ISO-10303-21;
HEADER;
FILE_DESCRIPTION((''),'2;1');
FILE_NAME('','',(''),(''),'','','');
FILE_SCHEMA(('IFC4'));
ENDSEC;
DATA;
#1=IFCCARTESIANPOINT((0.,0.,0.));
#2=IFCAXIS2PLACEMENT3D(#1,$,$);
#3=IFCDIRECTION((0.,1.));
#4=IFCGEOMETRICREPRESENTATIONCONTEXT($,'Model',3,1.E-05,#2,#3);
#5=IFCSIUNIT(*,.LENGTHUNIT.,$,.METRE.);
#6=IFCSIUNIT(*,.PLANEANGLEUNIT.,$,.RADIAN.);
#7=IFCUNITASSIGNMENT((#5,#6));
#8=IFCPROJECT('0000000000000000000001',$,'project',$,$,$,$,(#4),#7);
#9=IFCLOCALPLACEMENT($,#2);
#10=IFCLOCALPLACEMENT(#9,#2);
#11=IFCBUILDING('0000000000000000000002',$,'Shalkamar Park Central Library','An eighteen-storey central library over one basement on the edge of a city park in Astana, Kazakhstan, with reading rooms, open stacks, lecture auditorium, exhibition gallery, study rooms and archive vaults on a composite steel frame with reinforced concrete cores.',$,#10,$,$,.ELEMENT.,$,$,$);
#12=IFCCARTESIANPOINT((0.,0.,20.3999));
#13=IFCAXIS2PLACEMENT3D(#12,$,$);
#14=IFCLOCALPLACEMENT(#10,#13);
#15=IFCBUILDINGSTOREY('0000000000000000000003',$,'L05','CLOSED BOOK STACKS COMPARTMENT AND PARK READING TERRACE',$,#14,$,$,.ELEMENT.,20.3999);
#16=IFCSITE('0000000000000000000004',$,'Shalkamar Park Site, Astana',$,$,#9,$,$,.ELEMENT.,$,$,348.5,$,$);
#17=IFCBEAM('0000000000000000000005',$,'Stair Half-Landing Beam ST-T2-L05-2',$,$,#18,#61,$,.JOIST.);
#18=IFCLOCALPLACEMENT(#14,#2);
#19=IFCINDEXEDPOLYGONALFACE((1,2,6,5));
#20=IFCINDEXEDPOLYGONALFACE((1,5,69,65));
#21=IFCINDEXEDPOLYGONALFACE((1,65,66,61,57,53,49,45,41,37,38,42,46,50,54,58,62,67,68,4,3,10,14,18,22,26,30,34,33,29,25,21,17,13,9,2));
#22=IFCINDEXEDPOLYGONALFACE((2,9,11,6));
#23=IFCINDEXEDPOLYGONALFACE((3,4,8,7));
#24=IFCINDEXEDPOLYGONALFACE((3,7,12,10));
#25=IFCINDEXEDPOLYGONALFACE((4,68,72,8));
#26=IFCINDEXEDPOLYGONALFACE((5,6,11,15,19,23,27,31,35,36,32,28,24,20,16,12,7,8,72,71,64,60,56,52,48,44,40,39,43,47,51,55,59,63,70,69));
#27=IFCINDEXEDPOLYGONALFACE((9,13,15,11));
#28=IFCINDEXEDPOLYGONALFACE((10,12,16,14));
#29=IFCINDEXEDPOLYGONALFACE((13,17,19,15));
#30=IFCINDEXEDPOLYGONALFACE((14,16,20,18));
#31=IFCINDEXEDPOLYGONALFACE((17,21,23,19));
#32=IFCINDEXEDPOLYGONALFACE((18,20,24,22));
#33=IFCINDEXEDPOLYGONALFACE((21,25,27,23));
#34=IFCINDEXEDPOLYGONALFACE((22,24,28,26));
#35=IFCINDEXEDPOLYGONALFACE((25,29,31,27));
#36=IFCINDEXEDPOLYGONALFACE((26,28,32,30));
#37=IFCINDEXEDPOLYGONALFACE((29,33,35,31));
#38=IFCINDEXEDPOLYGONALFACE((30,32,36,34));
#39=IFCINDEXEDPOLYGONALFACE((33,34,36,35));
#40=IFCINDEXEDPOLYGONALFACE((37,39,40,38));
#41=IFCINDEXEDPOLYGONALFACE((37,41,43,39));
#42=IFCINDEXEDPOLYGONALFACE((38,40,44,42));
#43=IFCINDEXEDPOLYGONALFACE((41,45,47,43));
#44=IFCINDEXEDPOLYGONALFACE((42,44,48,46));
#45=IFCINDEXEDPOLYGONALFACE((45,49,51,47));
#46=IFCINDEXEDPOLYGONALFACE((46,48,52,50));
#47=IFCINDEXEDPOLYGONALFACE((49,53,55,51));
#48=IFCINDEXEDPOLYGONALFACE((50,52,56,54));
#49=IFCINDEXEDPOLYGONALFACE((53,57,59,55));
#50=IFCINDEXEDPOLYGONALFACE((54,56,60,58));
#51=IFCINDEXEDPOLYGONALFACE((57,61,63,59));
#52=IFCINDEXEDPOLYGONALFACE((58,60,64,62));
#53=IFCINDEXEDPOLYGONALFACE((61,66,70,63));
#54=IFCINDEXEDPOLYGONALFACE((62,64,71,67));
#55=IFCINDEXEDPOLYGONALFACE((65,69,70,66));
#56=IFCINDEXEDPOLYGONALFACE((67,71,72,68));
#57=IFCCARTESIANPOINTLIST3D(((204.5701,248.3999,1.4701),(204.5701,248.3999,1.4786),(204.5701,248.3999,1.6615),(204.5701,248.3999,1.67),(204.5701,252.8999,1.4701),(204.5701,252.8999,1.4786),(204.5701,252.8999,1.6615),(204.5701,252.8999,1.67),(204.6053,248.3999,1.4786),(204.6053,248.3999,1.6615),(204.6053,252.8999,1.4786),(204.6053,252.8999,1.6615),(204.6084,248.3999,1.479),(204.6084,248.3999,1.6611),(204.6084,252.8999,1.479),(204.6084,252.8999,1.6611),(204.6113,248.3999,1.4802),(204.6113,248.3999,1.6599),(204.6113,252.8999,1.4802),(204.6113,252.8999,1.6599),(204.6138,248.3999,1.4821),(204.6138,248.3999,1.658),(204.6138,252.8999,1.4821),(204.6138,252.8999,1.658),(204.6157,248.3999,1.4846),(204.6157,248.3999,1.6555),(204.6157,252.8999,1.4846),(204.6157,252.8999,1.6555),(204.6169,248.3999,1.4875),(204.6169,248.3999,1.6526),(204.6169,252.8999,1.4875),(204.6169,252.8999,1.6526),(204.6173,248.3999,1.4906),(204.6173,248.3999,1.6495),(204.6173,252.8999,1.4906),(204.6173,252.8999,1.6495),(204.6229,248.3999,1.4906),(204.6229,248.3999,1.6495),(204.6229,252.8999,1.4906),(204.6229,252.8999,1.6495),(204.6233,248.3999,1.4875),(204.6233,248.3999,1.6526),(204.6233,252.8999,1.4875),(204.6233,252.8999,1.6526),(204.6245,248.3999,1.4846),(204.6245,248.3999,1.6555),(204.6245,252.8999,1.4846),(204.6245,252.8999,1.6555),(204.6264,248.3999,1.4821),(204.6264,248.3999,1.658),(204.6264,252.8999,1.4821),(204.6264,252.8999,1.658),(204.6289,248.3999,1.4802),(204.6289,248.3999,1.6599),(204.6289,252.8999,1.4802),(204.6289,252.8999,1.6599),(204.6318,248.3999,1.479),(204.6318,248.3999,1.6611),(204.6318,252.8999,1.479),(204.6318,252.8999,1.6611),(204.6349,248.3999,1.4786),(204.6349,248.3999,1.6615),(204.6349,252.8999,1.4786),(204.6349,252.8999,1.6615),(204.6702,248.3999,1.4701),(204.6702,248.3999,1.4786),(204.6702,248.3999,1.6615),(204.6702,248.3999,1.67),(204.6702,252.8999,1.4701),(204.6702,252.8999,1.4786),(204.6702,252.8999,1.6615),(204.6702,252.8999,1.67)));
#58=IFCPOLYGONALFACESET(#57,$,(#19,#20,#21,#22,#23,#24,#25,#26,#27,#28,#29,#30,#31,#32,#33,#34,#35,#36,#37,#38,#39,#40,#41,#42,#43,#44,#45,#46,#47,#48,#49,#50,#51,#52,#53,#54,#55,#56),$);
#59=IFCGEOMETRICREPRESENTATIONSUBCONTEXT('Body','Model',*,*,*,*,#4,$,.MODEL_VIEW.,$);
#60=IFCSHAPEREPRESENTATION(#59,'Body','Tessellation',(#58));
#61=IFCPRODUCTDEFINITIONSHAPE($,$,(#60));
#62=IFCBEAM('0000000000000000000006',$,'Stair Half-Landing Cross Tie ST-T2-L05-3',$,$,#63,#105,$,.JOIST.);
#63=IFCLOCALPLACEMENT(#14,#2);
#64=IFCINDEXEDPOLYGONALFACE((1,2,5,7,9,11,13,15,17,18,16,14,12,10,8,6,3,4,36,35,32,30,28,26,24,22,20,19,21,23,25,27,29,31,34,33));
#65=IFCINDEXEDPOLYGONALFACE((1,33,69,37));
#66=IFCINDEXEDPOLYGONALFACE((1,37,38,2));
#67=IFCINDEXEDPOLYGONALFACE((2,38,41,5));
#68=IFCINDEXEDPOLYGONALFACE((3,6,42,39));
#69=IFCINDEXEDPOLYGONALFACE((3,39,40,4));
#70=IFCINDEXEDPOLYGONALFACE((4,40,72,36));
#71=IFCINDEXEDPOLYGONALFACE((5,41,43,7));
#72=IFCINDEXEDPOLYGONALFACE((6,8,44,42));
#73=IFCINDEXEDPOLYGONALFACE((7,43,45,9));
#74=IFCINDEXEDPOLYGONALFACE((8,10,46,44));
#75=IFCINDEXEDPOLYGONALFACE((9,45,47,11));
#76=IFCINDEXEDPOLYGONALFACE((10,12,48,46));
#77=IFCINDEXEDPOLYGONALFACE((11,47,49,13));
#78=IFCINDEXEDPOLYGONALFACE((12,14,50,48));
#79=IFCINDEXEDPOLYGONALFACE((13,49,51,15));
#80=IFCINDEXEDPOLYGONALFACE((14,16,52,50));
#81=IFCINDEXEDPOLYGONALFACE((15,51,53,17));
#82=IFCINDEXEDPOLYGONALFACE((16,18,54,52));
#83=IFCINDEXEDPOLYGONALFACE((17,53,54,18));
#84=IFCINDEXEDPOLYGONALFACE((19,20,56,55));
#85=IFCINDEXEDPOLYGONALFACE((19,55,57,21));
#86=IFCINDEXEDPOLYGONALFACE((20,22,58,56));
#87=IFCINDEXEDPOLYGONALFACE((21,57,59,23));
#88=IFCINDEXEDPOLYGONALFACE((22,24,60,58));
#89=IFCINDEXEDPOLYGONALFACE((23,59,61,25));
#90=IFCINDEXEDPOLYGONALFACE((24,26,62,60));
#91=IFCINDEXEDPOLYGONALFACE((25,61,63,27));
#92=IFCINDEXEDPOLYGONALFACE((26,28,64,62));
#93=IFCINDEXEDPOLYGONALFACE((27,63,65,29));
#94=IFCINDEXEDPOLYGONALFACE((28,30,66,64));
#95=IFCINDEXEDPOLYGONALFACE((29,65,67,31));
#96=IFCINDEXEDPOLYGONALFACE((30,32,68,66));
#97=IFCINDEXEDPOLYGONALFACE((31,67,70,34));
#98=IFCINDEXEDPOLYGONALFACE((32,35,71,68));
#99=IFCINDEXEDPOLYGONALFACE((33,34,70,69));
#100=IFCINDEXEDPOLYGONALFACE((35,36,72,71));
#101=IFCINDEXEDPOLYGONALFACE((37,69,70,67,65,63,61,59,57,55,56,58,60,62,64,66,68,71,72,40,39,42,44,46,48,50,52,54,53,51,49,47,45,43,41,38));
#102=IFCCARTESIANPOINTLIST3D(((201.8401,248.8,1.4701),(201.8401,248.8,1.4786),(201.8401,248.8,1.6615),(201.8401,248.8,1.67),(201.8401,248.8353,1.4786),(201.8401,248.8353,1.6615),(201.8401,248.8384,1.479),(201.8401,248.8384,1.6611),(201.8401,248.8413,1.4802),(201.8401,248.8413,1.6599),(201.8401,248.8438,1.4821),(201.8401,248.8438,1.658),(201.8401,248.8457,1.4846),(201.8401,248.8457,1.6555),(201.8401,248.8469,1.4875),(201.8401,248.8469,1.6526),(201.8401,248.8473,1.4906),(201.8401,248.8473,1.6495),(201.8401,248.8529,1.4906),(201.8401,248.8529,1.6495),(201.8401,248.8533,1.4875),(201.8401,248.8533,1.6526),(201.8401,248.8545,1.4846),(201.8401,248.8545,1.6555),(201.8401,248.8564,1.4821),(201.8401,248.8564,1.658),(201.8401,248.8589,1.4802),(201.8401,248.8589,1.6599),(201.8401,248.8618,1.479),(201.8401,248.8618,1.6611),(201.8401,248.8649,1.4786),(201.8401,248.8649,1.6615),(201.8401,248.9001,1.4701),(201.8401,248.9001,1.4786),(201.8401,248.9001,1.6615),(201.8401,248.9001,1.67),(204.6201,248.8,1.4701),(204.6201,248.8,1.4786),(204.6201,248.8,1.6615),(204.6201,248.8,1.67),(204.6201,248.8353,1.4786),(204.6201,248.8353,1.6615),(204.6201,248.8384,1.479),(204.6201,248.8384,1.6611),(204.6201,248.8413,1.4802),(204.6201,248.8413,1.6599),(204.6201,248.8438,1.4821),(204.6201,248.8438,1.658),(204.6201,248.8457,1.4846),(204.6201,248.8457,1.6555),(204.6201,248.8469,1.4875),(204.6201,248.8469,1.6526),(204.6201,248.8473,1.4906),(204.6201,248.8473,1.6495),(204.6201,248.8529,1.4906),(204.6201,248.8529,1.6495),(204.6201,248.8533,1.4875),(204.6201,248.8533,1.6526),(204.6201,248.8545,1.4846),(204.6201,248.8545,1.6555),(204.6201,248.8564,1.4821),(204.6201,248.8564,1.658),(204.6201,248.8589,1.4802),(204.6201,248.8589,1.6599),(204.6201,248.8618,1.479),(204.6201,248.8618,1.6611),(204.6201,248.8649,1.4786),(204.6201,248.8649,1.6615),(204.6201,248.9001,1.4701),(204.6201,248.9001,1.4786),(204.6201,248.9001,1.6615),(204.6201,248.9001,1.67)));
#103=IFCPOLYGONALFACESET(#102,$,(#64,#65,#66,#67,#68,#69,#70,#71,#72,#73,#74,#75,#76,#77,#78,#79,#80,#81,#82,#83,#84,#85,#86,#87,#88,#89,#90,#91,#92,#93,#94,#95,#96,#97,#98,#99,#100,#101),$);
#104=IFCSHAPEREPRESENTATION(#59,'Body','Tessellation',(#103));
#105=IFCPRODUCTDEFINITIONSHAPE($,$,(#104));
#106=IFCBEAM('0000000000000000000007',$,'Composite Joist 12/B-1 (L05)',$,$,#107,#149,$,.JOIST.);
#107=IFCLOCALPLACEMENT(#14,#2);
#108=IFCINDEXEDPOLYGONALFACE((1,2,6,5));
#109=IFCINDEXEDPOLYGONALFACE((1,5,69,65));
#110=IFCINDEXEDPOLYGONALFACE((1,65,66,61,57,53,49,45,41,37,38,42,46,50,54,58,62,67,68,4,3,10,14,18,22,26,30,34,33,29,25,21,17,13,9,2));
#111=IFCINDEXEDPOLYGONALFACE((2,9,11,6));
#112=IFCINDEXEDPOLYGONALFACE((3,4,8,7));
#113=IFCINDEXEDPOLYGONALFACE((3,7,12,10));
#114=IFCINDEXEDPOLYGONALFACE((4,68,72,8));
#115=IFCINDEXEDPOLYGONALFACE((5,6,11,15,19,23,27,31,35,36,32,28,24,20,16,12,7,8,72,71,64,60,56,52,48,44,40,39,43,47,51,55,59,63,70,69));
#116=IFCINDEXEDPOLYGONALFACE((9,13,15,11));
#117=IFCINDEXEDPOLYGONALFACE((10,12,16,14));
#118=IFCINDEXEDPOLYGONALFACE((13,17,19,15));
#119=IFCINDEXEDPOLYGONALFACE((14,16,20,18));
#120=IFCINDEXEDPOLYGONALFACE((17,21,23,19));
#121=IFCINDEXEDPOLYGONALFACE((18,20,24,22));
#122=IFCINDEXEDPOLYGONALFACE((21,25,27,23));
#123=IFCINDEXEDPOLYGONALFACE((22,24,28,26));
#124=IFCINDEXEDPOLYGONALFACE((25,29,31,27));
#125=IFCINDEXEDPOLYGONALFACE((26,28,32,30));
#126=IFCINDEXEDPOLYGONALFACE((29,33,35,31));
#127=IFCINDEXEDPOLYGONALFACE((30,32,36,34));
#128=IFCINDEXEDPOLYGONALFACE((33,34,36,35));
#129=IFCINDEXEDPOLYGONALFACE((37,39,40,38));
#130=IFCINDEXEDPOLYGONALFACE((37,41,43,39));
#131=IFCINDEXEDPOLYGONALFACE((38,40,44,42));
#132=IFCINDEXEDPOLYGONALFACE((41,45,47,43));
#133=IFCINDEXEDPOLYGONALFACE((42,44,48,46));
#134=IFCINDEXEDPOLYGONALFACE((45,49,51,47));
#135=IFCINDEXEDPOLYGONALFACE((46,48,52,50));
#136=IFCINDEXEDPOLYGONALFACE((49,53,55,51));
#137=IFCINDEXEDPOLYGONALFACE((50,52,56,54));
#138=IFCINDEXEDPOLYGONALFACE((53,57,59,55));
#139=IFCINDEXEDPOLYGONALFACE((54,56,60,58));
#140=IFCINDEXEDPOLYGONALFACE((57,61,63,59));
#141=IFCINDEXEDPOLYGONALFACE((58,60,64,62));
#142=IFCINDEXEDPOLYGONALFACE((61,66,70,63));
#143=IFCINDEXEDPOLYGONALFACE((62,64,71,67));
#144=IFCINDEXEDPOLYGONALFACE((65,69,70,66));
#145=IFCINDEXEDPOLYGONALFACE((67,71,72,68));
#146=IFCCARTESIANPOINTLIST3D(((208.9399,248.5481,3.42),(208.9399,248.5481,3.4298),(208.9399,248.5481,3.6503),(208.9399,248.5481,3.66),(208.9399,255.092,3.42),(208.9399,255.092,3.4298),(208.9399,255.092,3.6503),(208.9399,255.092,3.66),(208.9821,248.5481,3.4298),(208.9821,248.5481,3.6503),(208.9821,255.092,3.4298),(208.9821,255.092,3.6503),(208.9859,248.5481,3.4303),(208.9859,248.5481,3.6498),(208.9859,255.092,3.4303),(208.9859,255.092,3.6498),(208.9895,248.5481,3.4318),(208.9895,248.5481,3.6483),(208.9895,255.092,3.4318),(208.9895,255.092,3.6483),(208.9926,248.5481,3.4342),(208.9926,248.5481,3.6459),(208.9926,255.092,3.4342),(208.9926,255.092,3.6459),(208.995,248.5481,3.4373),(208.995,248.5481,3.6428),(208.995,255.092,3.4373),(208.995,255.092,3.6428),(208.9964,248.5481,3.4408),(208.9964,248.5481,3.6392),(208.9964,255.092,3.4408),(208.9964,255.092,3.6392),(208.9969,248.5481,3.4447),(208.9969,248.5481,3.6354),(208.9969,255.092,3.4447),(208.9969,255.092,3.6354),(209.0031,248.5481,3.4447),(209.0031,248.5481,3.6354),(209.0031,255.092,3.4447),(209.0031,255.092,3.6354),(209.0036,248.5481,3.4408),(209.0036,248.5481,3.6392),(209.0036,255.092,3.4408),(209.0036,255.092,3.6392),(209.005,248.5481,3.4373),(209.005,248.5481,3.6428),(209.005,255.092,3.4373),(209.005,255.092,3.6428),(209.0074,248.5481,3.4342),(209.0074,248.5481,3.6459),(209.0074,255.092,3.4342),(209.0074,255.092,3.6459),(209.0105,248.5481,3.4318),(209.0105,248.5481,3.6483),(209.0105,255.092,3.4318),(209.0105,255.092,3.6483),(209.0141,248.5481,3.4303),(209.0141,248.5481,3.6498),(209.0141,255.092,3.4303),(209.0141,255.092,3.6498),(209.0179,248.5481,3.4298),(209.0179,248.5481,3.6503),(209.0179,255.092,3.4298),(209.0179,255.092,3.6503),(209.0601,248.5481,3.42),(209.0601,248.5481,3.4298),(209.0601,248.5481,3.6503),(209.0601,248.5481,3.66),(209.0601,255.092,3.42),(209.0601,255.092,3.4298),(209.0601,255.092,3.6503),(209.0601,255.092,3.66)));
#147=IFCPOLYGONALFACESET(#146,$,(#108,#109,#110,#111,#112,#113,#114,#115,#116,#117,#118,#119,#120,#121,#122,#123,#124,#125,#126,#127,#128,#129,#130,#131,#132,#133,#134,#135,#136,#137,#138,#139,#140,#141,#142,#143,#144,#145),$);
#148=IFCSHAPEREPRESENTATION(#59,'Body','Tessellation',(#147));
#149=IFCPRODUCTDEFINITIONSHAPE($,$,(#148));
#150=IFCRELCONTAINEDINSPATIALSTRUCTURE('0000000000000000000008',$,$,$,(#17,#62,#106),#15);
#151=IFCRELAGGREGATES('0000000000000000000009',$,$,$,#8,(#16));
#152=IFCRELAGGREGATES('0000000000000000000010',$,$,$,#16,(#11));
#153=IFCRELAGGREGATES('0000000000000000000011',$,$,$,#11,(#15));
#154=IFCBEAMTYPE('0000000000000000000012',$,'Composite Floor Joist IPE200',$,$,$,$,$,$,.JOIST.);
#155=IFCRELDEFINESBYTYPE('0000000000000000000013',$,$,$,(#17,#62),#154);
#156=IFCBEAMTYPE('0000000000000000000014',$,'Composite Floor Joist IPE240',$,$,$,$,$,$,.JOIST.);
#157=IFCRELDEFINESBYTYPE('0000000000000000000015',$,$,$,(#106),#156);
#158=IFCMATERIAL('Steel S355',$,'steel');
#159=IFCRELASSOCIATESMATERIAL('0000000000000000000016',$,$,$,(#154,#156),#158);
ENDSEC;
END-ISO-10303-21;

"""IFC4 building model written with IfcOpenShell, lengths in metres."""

from ifc_helpers import new_model, si_unit, direction, frame, origin, origin_2d, place, context, subcontext, project, spatial, i_section, extrude, material, material_profile, profile_set, type_object, element, save


model = new_model("IFC4")

# Units and contexts
model_context = context("Model", 3, precision=1e-05, world=origin(), true_north=direction((0.0, 1.0)))
body_context = subcontext(model_context, "Body", "Model", "MODEL_VIEW")
ifc_project = project(units=[si_unit("LENGTHUNIT", "METRE"), si_unit("PLANEANGLEUNIT", "RADIAN")], contexts=[model_context])

# Site, building, storey
site_placement = place(None, origin())
site = spatial("IfcSite", under=ifc_project, at=site_placement, Name="Shalkamar Park Site, Astana", CompositionType="ELEMENT", RefElevation=348.5)
building_placement = place(site_placement, origin())
building = spatial("IfcBuilding", under=site, at=building_placement, Name="Shalkamar Park Central Library", Description="An eighteen-storey central library over one basement on the edge of a city park in Astana, Kazakhstan, with reading rooms, open stacks, lecture auditorium, exhibition gallery, study rooms and archive vaults on a composite steel frame with reinforced concrete cores.", CompositionType="ELEMENT")
storey_placement = place(building_placement, frame((0.0, 0.0, 20.3999)))
storey = spatial("IfcBuildingStorey", under=building, at=storey_placement, Name="L05", Description="CLOSED BOOK STACKS COMPARTMENT AND PARK READING TERRACE", CompositionType="ELEMENT", Elevation=20.3999)

# Shared definitions
ifc_material_1 = material(Name="Steel S355", Category="steel")

# Beams
ifc_material_profile_1 = material_profile(ifc_material_1, i_section(OverallWidth=0.1001, OverallDepth=0.2, WebThickness=0.0056, FlangeThickness=0.0085, FilletRadius=0.012, at=origin_2d()), Name="IPE 200")
ifc_profile_set_1 = profile_set([ifc_material_profile_1], Name="Steel S355")
beam_type_1 = type_object("IfcBeamType", Name="Composite Floor Joist IPE200", PredefinedType="JOIST", material=ifc_profile_set_1)
beam_1_placement = place(storey_placement, frame((204.6201, 248.3999, 1.5701), z_axis=(0.0, 1.0, 0.0), x_axis=(-1.0, 0.0, 0.0)))
element("IfcBeam", 1, at=beam_1_placement, inside=storey, type_object=beam_type_1, Name="Stair Half-Landing Beam ST-T2-L05-2", PredefinedType="JOIST", context=body_context, shape_type="SweptSolid", body=[
    extrude(i_section(OverallWidth=0.1001, OverallDepth=0.2, WebThickness=0.0056, FlangeThickness=0.0085, FilletRadius=0.012, at=origin_2d()), origin(), (0.0, 0.0, 1.0), 4.5),
])
beam_2_placement = place(storey_placement, frame((201.8401, 248.8501, 1.5701), z_axis=(1.0, 0.0, 0.0), x_axis=(0.0, 1.0, 0.0)))
element("IfcBeam", 2, at=beam_2_placement, inside=storey, type_object=beam_type_1, Name="Stair Half-Landing Cross Tie ST-T2-L05-3", PredefinedType="JOIST", context=body_context, shape_type="SweptSolid", body=[
    extrude(i_section(OverallWidth=0.1001, OverallDepth=0.2, WebThickness=0.0056, FlangeThickness=0.0085, FilletRadius=0.012, at=origin_2d()), origin(), (0.0, 0.0, 1.0), 2.78),
])
ifc_material_profile_2 = material_profile(ifc_material_1, i_section(OverallWidth=0.1201, OverallDepth=0.24, WebThickness=0.0061, FlangeThickness=0.0098, FilletRadius=0.0149, at=origin_2d()), Name="IPE 240")
ifc_profile_set_2 = profile_set([ifc_material_profile_2], Name="Steel S355")
beam_type_2 = type_object("IfcBeamType", Name="Composite Floor Joist IPE240", PredefinedType="JOIST", material=ifc_profile_set_2)
beam_3_placement = place(storey_placement, frame((209.0, 248.5481, 3.54), z_axis=(0.0, 1.0, 0.0), x_axis=(-1.0, 0.0, 0.0)))
element("IfcBeam", 3, at=beam_3_placement, inside=storey, type_object=beam_type_2, Name="Composite Joist 12/B-1 (L05)", PredefinedType="JOIST", context=body_context, shape_type="SweptSolid", body=[
    extrude(i_section(OverallWidth=0.1201, OverallDepth=0.24, WebThickness=0.0061, FlangeThickness=0.0098, FilletRadius=0.0149, at=origin_2d()), origin(), (0.0, 0.0, 1.0), 6.5439),
])

save(model, "model.ifc")
